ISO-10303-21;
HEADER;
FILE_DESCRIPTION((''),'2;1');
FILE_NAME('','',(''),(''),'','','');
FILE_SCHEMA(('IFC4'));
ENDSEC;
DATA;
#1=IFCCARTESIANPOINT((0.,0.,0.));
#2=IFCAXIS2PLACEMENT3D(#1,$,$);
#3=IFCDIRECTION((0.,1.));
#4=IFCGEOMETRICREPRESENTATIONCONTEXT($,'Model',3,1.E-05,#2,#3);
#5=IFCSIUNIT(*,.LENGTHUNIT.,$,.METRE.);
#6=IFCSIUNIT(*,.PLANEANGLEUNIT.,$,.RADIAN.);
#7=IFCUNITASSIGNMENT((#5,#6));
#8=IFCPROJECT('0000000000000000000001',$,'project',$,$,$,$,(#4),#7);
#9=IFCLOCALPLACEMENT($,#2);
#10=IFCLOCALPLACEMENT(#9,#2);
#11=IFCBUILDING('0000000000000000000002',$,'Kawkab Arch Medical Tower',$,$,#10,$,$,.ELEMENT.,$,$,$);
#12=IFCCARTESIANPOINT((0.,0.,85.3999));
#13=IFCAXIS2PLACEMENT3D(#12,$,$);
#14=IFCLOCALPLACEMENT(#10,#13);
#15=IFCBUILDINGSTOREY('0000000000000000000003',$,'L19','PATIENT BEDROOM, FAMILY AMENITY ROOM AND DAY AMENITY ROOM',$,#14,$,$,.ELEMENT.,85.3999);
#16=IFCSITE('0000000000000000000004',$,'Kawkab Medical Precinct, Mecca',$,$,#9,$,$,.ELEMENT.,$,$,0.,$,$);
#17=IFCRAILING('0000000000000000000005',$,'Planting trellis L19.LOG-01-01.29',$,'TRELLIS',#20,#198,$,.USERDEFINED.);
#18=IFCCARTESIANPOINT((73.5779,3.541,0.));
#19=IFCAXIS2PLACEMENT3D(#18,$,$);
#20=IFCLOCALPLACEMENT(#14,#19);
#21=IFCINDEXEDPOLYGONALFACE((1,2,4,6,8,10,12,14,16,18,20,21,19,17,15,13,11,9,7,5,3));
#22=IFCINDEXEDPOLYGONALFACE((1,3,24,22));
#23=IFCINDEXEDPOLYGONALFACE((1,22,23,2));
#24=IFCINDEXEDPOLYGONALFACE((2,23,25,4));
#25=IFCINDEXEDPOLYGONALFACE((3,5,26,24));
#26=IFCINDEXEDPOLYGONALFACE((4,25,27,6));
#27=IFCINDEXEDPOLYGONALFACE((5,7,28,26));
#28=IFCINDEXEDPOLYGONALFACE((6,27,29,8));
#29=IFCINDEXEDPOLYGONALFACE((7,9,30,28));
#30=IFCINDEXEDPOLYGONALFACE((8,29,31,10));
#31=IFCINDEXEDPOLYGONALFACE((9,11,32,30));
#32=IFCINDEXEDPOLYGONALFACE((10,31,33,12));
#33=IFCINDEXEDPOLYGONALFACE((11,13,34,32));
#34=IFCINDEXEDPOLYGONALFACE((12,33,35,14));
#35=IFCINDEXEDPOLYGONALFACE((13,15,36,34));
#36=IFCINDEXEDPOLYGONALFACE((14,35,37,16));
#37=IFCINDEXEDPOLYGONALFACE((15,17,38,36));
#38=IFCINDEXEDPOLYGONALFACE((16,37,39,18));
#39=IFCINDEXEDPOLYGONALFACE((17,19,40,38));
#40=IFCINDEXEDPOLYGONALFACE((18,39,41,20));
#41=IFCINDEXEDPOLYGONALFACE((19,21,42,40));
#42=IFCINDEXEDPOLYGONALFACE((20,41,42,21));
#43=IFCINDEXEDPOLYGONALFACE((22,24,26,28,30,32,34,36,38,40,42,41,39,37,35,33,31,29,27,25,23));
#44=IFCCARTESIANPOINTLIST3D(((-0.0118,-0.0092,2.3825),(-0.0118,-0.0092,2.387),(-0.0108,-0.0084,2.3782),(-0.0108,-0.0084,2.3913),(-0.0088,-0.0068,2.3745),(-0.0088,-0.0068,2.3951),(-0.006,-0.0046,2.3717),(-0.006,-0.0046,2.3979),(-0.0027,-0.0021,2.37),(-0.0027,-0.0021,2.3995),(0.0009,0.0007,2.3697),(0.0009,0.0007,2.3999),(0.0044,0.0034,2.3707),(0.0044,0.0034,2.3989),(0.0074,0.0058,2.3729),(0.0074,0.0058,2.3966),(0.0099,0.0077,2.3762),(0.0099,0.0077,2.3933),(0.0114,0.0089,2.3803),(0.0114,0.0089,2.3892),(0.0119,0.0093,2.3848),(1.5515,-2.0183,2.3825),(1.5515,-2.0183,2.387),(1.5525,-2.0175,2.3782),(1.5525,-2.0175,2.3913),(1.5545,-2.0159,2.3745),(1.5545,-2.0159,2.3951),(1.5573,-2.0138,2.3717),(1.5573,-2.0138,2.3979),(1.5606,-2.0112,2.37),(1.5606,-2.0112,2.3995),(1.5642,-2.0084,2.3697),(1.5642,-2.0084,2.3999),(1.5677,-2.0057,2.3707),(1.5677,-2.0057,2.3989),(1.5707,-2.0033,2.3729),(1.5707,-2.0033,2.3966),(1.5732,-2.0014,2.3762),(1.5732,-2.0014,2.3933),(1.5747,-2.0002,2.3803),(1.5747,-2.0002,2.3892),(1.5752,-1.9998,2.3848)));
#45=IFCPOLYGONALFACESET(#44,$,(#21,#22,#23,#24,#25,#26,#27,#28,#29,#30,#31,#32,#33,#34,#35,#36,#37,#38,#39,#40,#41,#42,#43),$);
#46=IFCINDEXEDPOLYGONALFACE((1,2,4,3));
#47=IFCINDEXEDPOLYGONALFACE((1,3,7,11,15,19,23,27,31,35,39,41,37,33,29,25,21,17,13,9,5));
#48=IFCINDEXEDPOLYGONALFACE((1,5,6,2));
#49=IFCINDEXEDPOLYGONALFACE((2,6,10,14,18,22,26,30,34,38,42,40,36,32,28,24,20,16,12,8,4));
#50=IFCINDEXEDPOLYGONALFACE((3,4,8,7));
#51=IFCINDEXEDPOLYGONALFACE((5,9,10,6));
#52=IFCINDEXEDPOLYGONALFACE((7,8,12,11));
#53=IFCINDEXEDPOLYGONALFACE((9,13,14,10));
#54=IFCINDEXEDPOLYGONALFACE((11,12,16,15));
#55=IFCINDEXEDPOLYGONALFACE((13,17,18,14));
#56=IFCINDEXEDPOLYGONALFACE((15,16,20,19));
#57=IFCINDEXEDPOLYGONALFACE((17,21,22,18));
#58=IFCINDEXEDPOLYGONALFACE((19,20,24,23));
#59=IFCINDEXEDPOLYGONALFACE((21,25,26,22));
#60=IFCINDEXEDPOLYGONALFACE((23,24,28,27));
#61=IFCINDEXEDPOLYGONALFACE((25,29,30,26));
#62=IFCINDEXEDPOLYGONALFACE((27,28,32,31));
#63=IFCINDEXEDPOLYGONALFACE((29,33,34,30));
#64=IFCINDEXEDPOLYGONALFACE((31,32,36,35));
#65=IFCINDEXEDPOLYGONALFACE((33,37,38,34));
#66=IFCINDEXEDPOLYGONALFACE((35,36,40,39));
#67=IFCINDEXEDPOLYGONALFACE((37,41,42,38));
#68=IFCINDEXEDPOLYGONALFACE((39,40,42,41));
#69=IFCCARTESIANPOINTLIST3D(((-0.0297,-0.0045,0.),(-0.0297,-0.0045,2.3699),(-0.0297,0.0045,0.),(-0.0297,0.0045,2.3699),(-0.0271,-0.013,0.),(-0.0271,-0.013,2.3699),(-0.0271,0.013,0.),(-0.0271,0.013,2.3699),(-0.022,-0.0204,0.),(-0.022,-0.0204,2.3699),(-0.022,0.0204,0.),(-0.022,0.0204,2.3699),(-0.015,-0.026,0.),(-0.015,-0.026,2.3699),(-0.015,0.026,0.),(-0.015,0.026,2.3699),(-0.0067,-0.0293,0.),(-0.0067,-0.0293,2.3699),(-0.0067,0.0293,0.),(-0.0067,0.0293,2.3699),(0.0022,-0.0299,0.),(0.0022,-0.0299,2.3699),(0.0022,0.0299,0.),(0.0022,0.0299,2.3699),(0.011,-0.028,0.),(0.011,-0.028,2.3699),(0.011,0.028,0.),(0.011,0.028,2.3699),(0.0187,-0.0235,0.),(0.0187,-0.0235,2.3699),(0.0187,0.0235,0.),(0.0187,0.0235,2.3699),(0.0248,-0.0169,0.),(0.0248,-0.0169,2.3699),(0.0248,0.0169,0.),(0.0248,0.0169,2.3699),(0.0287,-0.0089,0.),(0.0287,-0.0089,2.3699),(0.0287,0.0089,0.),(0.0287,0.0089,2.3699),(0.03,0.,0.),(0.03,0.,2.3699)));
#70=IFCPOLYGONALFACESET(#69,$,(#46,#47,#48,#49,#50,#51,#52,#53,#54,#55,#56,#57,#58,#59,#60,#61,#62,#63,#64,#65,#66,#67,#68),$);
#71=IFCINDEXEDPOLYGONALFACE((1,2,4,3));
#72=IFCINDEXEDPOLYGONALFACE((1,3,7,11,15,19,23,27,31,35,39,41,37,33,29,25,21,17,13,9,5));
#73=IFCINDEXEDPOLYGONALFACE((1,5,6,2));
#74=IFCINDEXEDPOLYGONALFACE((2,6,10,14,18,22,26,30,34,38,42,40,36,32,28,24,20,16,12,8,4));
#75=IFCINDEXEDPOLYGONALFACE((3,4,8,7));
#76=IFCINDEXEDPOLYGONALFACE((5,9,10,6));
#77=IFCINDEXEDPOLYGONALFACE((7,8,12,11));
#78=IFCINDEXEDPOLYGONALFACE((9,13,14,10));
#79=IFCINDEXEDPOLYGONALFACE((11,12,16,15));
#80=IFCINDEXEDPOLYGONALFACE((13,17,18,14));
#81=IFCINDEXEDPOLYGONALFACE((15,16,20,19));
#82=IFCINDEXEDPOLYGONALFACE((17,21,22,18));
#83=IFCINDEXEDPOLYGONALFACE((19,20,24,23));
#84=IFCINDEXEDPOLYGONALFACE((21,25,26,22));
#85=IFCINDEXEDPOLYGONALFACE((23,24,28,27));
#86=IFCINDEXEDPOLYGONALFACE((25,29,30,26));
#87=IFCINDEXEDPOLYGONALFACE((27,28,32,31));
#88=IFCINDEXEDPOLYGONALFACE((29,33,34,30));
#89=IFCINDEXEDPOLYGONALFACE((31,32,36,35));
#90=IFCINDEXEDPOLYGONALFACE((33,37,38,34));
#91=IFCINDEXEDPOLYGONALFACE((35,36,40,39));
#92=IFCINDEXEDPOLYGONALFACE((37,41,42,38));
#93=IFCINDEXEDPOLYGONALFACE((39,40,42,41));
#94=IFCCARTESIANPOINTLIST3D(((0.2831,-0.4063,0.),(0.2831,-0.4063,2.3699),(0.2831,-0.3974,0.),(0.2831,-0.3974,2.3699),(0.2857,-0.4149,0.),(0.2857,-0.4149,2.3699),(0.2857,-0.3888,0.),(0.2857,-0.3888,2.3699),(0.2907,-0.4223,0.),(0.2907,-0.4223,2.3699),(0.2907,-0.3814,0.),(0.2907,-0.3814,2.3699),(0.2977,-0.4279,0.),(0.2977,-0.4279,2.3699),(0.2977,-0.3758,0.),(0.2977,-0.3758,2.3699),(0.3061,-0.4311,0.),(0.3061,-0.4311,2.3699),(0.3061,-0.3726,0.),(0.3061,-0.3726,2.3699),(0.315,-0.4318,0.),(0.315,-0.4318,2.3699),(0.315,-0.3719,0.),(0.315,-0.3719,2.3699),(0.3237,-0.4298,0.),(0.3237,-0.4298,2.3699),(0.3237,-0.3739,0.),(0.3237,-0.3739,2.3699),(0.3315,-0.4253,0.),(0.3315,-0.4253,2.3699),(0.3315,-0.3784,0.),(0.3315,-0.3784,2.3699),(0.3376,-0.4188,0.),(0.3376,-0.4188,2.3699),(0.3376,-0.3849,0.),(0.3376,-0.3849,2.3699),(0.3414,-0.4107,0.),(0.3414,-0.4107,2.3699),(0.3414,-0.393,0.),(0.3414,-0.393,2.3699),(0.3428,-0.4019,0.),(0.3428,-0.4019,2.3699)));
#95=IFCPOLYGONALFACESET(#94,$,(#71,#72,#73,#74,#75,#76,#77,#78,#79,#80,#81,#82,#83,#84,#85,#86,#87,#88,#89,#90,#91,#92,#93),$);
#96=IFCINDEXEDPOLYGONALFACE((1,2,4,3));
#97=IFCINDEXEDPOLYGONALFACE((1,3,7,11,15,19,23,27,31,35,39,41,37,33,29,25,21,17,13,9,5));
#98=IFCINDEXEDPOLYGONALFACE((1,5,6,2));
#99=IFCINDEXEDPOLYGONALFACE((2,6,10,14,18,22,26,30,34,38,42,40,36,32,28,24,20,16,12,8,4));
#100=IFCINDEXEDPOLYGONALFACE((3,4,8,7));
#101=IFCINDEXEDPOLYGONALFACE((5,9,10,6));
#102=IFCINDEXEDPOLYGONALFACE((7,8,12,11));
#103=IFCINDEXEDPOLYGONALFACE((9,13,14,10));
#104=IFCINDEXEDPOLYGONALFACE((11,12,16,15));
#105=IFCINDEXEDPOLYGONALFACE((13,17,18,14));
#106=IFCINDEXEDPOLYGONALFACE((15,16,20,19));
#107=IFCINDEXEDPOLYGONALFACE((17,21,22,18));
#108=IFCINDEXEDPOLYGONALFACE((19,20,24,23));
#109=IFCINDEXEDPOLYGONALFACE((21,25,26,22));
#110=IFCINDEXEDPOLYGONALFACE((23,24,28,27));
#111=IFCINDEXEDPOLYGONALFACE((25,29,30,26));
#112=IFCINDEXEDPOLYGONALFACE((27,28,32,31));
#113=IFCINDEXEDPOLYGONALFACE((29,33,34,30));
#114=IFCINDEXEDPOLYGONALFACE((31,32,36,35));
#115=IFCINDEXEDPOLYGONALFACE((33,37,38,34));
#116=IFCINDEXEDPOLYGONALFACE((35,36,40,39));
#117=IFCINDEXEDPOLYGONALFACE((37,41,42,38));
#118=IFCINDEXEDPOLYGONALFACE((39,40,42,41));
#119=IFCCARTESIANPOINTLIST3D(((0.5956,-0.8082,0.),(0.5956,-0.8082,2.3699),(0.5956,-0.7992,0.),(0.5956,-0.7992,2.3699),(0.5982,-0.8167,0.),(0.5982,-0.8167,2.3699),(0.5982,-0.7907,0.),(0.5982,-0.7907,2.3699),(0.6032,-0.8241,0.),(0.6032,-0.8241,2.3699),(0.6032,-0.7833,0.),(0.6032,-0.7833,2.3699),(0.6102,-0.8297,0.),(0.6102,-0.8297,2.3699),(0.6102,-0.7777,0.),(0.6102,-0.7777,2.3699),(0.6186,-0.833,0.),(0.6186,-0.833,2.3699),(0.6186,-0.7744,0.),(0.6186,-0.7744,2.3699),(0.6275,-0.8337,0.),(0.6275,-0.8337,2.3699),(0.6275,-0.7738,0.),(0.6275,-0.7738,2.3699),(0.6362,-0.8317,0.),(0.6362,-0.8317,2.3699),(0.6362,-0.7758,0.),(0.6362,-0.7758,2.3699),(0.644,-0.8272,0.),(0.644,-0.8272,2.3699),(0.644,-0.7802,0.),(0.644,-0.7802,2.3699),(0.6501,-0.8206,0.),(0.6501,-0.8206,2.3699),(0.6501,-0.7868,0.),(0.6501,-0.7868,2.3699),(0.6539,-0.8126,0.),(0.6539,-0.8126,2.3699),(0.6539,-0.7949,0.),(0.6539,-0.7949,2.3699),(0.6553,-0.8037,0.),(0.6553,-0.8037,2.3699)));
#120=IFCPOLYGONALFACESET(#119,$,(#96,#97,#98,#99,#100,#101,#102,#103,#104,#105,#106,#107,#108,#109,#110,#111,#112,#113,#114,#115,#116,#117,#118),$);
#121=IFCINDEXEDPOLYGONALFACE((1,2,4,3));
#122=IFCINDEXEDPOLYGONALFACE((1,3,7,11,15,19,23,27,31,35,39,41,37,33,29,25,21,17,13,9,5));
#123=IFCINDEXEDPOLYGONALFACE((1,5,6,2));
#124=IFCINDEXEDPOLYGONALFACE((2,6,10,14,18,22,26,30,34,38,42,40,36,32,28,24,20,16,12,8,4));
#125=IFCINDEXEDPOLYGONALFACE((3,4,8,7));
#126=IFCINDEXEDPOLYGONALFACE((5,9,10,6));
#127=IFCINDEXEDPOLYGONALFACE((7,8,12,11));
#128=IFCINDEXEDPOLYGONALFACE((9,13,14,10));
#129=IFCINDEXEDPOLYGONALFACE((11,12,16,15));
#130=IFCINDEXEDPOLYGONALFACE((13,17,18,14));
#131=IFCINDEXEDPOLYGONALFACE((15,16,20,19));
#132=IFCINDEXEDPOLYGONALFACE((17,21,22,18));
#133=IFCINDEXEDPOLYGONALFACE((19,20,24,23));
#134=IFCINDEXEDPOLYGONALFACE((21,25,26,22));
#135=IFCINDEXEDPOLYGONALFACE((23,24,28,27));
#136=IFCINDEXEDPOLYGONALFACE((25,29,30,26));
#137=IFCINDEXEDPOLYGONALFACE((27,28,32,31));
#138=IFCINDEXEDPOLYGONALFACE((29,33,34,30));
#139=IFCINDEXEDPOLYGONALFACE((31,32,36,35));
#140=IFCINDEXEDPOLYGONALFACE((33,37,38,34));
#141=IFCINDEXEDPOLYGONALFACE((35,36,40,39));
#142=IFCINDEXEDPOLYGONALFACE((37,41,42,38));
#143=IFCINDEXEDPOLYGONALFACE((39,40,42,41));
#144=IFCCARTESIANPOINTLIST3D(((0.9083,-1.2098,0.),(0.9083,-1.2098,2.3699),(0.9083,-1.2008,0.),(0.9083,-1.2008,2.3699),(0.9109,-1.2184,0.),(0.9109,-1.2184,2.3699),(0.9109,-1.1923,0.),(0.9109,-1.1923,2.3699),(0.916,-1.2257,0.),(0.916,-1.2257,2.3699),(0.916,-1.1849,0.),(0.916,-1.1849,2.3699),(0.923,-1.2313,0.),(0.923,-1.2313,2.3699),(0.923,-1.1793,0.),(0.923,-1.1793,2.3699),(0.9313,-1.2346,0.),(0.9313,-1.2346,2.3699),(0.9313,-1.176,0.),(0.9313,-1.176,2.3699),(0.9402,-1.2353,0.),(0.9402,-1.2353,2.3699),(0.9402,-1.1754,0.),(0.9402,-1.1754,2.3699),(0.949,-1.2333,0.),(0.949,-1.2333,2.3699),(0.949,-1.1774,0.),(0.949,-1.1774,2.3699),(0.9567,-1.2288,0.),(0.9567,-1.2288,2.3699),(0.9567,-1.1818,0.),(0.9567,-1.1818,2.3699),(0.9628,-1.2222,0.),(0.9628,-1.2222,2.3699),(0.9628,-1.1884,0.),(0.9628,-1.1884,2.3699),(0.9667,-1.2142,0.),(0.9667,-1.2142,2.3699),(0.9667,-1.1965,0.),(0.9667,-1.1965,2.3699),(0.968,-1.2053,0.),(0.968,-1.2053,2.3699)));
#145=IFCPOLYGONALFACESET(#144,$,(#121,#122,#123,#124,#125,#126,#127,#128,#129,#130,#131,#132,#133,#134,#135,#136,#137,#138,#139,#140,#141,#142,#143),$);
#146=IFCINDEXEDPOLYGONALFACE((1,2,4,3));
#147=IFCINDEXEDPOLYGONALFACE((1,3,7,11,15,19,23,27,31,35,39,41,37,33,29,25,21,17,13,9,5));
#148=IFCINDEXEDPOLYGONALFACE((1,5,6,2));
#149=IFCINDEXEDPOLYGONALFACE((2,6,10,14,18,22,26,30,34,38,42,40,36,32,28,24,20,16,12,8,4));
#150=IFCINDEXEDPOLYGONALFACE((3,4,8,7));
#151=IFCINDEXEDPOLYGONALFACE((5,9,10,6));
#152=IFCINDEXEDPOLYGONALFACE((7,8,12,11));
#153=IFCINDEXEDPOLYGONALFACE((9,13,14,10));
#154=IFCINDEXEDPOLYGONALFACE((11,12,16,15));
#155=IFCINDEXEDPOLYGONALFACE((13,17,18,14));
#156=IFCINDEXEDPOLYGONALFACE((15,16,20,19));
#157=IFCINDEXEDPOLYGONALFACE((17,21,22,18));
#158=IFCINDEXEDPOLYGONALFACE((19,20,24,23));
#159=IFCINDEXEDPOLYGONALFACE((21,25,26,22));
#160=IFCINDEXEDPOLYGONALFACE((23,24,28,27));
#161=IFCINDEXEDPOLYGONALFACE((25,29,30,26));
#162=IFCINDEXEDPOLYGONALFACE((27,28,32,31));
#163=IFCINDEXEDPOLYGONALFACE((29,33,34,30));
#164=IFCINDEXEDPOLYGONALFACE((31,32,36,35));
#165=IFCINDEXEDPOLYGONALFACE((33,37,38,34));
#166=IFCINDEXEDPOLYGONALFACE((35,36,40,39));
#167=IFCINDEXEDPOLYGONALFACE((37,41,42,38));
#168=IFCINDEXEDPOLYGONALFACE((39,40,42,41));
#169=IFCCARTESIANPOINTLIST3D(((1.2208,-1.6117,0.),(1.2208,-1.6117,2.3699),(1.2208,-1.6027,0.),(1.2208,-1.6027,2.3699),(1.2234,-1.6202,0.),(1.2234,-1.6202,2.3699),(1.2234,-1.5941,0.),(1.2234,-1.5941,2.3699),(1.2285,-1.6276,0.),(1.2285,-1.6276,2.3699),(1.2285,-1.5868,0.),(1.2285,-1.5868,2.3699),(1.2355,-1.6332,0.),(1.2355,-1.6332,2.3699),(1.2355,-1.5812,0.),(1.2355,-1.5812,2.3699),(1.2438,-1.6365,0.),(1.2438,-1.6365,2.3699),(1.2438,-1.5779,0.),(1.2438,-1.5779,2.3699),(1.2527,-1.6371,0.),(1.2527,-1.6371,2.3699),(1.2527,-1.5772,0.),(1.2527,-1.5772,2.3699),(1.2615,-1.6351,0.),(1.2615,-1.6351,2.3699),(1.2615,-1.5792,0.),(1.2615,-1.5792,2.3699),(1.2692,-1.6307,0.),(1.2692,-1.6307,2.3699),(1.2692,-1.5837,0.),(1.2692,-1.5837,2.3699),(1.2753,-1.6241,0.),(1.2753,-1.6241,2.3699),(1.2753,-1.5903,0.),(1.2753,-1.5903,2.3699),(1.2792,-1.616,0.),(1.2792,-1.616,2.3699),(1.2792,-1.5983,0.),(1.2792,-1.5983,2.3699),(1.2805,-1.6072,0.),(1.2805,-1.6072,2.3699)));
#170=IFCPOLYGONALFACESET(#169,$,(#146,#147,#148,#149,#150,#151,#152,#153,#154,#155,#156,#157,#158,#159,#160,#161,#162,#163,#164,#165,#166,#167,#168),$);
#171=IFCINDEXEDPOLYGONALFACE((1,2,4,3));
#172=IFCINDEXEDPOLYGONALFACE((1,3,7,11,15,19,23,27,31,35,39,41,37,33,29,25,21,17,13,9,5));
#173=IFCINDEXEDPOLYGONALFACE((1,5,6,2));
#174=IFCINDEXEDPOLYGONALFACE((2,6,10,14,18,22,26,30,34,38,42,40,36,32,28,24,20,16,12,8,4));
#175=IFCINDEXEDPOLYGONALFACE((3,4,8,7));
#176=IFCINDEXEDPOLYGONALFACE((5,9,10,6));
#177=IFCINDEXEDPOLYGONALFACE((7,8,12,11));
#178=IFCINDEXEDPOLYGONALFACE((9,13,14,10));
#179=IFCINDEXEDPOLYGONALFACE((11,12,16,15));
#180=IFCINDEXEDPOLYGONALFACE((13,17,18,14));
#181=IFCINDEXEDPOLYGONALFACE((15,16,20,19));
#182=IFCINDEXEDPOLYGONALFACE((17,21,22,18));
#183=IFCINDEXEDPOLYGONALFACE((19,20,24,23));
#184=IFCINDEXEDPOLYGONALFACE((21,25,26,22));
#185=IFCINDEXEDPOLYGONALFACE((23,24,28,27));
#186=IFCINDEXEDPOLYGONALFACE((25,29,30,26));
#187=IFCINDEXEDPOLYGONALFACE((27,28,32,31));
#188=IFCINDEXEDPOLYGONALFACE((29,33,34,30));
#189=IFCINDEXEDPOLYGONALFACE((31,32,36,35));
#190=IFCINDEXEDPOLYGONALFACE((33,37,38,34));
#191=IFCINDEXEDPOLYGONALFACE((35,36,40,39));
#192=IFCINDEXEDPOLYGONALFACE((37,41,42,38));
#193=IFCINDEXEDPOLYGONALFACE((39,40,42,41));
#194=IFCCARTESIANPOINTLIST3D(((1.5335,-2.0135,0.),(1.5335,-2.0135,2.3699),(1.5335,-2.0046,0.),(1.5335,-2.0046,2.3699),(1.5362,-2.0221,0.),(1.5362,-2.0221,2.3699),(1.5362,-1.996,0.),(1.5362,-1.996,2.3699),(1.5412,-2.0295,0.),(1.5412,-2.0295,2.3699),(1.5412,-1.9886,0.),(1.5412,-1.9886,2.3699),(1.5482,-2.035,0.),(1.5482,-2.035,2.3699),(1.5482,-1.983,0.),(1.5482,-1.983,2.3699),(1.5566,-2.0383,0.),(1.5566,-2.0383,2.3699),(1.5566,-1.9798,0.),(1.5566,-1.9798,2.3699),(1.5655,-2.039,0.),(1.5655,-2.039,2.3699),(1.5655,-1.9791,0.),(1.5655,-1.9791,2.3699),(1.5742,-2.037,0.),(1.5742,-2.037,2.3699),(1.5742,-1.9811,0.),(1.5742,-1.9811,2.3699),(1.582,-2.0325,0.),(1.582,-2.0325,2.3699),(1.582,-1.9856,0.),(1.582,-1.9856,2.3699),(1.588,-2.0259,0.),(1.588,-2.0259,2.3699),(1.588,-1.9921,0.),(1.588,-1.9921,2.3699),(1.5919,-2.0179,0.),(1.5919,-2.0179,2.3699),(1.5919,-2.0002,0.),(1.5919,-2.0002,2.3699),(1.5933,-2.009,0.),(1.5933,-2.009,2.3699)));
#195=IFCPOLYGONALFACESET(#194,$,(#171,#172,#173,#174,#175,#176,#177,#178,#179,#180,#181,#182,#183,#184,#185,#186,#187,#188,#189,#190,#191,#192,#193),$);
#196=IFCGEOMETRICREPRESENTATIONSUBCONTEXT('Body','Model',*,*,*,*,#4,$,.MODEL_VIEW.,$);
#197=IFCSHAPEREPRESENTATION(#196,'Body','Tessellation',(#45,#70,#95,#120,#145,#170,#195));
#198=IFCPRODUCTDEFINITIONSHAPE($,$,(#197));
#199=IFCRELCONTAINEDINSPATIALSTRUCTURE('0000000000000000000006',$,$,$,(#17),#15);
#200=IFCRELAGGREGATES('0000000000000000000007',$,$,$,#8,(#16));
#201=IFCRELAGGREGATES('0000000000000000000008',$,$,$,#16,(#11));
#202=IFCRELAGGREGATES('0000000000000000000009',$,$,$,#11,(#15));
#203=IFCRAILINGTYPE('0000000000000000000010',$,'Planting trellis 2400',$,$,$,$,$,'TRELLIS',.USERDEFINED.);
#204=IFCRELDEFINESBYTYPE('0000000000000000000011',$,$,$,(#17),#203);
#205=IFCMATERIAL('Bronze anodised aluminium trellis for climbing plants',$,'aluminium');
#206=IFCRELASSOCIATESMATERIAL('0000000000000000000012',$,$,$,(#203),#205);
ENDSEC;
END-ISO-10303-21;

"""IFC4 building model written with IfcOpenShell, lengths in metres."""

from ifc_helpers import new_model, si_unit, direction, frame, origin, origin_2d, place, context, subcontext, project, spatial, circle, extrude, material, type_object, element, save


model = new_model("IFC4")

# Units and contexts
model_context = context("Model", 3, precision=1e-05, world=origin(), true_north=direction((0.0, 1.0)))
body_context = subcontext(model_context, "Body", "Model", "MODEL_VIEW")
ifc_project = project(units=[si_unit("LENGTHUNIT", "METRE"), si_unit("PLANEANGLEUNIT", "RADIAN")], contexts=[model_context])

# Site, building, storey
site_placement = place(None, origin())
site = spatial("IfcSite", under=ifc_project, at=site_placement, Name="Kawkab Medical Precinct, Mecca", CompositionType="ELEMENT", RefElevation=0.0)
building_placement = place(site_placement, origin())
building = spatial("IfcBuilding", under=site, at=building_placement, Name="Kawkab Arch Medical Tower", CompositionType="ELEMENT")
storey_placement = place(building_placement, frame((0.0, 0.0, 85.3999)))
storey = spatial("IfcBuildingStorey", under=building, at=storey_placement, Name="L19", Description="PATIENT BEDROOM, FAMILY AMENITY ROOM AND DAY AMENITY ROOM", CompositionType="ELEMENT", Elevation=85.3999)

# Railing
ifc_material_1 = material(Name="Bronze anodised aluminium trellis for climbing plants", Category="aluminium")
railing_type = type_object("IfcRailingType", Name="Planting trellis 2400", ElementType="TRELLIS", PredefinedType="USERDEFINED", material=ifc_material_1)
railing_1_placement = place(storey_placement, frame((73.5779, 3.541, 0.0)))
element("IfcRailing", 1, at=railing_1_placement, inside=storey, type_object=railing_type, Name="Planting trellis L19.LOG-01-01.29", ObjectType="TRELLIS", PredefinedType="USERDEFINED", context=body_context, shape_type="SweptSolid", body=[
    extrude(circle(Radius=0.0151, at=origin_2d()), frame((0.0, 0.0, 2.3848), z_axis=(0.6141, -0.789228, 0.0), x_axis=(0.789228, 0.6141, 0.0)), (0.0, 0.0, 1.0), 2.5457),
    extrude(circle(Radius=0.03, at=origin_2d()), origin(), (0.0, 0.0, 1.0), 2.3699),
    extrude(circle(Radius=0.03, at=origin_2d()), frame((0.3127, -0.4019, 0.0)), (0.0, 0.0, 1.0), 2.3699),
    extrude(circle(Radius=0.03, at=origin_2d()), frame((0.6252, -0.8037, 0.0)), (0.0, 0.0, 1.0), 2.3699),
    extrude(circle(Radius=0.03, at=origin_2d()), frame((0.938, -1.2053, 0.0)), (0.0, 0.0, 1.0), 2.3699),
    extrude(circle(Radius=0.03, at=origin_2d()), frame((1.2505, -1.6072, 0.0)), (0.0, 0.0, 1.0), 2.3699),
    extrude(circle(Radius=0.03, at=origin_2d()), frame((1.5632, -2.009, 0.0)), (0.0, 0.0, 1.0), 2.3699),
])

save(model, "model.ifc")
